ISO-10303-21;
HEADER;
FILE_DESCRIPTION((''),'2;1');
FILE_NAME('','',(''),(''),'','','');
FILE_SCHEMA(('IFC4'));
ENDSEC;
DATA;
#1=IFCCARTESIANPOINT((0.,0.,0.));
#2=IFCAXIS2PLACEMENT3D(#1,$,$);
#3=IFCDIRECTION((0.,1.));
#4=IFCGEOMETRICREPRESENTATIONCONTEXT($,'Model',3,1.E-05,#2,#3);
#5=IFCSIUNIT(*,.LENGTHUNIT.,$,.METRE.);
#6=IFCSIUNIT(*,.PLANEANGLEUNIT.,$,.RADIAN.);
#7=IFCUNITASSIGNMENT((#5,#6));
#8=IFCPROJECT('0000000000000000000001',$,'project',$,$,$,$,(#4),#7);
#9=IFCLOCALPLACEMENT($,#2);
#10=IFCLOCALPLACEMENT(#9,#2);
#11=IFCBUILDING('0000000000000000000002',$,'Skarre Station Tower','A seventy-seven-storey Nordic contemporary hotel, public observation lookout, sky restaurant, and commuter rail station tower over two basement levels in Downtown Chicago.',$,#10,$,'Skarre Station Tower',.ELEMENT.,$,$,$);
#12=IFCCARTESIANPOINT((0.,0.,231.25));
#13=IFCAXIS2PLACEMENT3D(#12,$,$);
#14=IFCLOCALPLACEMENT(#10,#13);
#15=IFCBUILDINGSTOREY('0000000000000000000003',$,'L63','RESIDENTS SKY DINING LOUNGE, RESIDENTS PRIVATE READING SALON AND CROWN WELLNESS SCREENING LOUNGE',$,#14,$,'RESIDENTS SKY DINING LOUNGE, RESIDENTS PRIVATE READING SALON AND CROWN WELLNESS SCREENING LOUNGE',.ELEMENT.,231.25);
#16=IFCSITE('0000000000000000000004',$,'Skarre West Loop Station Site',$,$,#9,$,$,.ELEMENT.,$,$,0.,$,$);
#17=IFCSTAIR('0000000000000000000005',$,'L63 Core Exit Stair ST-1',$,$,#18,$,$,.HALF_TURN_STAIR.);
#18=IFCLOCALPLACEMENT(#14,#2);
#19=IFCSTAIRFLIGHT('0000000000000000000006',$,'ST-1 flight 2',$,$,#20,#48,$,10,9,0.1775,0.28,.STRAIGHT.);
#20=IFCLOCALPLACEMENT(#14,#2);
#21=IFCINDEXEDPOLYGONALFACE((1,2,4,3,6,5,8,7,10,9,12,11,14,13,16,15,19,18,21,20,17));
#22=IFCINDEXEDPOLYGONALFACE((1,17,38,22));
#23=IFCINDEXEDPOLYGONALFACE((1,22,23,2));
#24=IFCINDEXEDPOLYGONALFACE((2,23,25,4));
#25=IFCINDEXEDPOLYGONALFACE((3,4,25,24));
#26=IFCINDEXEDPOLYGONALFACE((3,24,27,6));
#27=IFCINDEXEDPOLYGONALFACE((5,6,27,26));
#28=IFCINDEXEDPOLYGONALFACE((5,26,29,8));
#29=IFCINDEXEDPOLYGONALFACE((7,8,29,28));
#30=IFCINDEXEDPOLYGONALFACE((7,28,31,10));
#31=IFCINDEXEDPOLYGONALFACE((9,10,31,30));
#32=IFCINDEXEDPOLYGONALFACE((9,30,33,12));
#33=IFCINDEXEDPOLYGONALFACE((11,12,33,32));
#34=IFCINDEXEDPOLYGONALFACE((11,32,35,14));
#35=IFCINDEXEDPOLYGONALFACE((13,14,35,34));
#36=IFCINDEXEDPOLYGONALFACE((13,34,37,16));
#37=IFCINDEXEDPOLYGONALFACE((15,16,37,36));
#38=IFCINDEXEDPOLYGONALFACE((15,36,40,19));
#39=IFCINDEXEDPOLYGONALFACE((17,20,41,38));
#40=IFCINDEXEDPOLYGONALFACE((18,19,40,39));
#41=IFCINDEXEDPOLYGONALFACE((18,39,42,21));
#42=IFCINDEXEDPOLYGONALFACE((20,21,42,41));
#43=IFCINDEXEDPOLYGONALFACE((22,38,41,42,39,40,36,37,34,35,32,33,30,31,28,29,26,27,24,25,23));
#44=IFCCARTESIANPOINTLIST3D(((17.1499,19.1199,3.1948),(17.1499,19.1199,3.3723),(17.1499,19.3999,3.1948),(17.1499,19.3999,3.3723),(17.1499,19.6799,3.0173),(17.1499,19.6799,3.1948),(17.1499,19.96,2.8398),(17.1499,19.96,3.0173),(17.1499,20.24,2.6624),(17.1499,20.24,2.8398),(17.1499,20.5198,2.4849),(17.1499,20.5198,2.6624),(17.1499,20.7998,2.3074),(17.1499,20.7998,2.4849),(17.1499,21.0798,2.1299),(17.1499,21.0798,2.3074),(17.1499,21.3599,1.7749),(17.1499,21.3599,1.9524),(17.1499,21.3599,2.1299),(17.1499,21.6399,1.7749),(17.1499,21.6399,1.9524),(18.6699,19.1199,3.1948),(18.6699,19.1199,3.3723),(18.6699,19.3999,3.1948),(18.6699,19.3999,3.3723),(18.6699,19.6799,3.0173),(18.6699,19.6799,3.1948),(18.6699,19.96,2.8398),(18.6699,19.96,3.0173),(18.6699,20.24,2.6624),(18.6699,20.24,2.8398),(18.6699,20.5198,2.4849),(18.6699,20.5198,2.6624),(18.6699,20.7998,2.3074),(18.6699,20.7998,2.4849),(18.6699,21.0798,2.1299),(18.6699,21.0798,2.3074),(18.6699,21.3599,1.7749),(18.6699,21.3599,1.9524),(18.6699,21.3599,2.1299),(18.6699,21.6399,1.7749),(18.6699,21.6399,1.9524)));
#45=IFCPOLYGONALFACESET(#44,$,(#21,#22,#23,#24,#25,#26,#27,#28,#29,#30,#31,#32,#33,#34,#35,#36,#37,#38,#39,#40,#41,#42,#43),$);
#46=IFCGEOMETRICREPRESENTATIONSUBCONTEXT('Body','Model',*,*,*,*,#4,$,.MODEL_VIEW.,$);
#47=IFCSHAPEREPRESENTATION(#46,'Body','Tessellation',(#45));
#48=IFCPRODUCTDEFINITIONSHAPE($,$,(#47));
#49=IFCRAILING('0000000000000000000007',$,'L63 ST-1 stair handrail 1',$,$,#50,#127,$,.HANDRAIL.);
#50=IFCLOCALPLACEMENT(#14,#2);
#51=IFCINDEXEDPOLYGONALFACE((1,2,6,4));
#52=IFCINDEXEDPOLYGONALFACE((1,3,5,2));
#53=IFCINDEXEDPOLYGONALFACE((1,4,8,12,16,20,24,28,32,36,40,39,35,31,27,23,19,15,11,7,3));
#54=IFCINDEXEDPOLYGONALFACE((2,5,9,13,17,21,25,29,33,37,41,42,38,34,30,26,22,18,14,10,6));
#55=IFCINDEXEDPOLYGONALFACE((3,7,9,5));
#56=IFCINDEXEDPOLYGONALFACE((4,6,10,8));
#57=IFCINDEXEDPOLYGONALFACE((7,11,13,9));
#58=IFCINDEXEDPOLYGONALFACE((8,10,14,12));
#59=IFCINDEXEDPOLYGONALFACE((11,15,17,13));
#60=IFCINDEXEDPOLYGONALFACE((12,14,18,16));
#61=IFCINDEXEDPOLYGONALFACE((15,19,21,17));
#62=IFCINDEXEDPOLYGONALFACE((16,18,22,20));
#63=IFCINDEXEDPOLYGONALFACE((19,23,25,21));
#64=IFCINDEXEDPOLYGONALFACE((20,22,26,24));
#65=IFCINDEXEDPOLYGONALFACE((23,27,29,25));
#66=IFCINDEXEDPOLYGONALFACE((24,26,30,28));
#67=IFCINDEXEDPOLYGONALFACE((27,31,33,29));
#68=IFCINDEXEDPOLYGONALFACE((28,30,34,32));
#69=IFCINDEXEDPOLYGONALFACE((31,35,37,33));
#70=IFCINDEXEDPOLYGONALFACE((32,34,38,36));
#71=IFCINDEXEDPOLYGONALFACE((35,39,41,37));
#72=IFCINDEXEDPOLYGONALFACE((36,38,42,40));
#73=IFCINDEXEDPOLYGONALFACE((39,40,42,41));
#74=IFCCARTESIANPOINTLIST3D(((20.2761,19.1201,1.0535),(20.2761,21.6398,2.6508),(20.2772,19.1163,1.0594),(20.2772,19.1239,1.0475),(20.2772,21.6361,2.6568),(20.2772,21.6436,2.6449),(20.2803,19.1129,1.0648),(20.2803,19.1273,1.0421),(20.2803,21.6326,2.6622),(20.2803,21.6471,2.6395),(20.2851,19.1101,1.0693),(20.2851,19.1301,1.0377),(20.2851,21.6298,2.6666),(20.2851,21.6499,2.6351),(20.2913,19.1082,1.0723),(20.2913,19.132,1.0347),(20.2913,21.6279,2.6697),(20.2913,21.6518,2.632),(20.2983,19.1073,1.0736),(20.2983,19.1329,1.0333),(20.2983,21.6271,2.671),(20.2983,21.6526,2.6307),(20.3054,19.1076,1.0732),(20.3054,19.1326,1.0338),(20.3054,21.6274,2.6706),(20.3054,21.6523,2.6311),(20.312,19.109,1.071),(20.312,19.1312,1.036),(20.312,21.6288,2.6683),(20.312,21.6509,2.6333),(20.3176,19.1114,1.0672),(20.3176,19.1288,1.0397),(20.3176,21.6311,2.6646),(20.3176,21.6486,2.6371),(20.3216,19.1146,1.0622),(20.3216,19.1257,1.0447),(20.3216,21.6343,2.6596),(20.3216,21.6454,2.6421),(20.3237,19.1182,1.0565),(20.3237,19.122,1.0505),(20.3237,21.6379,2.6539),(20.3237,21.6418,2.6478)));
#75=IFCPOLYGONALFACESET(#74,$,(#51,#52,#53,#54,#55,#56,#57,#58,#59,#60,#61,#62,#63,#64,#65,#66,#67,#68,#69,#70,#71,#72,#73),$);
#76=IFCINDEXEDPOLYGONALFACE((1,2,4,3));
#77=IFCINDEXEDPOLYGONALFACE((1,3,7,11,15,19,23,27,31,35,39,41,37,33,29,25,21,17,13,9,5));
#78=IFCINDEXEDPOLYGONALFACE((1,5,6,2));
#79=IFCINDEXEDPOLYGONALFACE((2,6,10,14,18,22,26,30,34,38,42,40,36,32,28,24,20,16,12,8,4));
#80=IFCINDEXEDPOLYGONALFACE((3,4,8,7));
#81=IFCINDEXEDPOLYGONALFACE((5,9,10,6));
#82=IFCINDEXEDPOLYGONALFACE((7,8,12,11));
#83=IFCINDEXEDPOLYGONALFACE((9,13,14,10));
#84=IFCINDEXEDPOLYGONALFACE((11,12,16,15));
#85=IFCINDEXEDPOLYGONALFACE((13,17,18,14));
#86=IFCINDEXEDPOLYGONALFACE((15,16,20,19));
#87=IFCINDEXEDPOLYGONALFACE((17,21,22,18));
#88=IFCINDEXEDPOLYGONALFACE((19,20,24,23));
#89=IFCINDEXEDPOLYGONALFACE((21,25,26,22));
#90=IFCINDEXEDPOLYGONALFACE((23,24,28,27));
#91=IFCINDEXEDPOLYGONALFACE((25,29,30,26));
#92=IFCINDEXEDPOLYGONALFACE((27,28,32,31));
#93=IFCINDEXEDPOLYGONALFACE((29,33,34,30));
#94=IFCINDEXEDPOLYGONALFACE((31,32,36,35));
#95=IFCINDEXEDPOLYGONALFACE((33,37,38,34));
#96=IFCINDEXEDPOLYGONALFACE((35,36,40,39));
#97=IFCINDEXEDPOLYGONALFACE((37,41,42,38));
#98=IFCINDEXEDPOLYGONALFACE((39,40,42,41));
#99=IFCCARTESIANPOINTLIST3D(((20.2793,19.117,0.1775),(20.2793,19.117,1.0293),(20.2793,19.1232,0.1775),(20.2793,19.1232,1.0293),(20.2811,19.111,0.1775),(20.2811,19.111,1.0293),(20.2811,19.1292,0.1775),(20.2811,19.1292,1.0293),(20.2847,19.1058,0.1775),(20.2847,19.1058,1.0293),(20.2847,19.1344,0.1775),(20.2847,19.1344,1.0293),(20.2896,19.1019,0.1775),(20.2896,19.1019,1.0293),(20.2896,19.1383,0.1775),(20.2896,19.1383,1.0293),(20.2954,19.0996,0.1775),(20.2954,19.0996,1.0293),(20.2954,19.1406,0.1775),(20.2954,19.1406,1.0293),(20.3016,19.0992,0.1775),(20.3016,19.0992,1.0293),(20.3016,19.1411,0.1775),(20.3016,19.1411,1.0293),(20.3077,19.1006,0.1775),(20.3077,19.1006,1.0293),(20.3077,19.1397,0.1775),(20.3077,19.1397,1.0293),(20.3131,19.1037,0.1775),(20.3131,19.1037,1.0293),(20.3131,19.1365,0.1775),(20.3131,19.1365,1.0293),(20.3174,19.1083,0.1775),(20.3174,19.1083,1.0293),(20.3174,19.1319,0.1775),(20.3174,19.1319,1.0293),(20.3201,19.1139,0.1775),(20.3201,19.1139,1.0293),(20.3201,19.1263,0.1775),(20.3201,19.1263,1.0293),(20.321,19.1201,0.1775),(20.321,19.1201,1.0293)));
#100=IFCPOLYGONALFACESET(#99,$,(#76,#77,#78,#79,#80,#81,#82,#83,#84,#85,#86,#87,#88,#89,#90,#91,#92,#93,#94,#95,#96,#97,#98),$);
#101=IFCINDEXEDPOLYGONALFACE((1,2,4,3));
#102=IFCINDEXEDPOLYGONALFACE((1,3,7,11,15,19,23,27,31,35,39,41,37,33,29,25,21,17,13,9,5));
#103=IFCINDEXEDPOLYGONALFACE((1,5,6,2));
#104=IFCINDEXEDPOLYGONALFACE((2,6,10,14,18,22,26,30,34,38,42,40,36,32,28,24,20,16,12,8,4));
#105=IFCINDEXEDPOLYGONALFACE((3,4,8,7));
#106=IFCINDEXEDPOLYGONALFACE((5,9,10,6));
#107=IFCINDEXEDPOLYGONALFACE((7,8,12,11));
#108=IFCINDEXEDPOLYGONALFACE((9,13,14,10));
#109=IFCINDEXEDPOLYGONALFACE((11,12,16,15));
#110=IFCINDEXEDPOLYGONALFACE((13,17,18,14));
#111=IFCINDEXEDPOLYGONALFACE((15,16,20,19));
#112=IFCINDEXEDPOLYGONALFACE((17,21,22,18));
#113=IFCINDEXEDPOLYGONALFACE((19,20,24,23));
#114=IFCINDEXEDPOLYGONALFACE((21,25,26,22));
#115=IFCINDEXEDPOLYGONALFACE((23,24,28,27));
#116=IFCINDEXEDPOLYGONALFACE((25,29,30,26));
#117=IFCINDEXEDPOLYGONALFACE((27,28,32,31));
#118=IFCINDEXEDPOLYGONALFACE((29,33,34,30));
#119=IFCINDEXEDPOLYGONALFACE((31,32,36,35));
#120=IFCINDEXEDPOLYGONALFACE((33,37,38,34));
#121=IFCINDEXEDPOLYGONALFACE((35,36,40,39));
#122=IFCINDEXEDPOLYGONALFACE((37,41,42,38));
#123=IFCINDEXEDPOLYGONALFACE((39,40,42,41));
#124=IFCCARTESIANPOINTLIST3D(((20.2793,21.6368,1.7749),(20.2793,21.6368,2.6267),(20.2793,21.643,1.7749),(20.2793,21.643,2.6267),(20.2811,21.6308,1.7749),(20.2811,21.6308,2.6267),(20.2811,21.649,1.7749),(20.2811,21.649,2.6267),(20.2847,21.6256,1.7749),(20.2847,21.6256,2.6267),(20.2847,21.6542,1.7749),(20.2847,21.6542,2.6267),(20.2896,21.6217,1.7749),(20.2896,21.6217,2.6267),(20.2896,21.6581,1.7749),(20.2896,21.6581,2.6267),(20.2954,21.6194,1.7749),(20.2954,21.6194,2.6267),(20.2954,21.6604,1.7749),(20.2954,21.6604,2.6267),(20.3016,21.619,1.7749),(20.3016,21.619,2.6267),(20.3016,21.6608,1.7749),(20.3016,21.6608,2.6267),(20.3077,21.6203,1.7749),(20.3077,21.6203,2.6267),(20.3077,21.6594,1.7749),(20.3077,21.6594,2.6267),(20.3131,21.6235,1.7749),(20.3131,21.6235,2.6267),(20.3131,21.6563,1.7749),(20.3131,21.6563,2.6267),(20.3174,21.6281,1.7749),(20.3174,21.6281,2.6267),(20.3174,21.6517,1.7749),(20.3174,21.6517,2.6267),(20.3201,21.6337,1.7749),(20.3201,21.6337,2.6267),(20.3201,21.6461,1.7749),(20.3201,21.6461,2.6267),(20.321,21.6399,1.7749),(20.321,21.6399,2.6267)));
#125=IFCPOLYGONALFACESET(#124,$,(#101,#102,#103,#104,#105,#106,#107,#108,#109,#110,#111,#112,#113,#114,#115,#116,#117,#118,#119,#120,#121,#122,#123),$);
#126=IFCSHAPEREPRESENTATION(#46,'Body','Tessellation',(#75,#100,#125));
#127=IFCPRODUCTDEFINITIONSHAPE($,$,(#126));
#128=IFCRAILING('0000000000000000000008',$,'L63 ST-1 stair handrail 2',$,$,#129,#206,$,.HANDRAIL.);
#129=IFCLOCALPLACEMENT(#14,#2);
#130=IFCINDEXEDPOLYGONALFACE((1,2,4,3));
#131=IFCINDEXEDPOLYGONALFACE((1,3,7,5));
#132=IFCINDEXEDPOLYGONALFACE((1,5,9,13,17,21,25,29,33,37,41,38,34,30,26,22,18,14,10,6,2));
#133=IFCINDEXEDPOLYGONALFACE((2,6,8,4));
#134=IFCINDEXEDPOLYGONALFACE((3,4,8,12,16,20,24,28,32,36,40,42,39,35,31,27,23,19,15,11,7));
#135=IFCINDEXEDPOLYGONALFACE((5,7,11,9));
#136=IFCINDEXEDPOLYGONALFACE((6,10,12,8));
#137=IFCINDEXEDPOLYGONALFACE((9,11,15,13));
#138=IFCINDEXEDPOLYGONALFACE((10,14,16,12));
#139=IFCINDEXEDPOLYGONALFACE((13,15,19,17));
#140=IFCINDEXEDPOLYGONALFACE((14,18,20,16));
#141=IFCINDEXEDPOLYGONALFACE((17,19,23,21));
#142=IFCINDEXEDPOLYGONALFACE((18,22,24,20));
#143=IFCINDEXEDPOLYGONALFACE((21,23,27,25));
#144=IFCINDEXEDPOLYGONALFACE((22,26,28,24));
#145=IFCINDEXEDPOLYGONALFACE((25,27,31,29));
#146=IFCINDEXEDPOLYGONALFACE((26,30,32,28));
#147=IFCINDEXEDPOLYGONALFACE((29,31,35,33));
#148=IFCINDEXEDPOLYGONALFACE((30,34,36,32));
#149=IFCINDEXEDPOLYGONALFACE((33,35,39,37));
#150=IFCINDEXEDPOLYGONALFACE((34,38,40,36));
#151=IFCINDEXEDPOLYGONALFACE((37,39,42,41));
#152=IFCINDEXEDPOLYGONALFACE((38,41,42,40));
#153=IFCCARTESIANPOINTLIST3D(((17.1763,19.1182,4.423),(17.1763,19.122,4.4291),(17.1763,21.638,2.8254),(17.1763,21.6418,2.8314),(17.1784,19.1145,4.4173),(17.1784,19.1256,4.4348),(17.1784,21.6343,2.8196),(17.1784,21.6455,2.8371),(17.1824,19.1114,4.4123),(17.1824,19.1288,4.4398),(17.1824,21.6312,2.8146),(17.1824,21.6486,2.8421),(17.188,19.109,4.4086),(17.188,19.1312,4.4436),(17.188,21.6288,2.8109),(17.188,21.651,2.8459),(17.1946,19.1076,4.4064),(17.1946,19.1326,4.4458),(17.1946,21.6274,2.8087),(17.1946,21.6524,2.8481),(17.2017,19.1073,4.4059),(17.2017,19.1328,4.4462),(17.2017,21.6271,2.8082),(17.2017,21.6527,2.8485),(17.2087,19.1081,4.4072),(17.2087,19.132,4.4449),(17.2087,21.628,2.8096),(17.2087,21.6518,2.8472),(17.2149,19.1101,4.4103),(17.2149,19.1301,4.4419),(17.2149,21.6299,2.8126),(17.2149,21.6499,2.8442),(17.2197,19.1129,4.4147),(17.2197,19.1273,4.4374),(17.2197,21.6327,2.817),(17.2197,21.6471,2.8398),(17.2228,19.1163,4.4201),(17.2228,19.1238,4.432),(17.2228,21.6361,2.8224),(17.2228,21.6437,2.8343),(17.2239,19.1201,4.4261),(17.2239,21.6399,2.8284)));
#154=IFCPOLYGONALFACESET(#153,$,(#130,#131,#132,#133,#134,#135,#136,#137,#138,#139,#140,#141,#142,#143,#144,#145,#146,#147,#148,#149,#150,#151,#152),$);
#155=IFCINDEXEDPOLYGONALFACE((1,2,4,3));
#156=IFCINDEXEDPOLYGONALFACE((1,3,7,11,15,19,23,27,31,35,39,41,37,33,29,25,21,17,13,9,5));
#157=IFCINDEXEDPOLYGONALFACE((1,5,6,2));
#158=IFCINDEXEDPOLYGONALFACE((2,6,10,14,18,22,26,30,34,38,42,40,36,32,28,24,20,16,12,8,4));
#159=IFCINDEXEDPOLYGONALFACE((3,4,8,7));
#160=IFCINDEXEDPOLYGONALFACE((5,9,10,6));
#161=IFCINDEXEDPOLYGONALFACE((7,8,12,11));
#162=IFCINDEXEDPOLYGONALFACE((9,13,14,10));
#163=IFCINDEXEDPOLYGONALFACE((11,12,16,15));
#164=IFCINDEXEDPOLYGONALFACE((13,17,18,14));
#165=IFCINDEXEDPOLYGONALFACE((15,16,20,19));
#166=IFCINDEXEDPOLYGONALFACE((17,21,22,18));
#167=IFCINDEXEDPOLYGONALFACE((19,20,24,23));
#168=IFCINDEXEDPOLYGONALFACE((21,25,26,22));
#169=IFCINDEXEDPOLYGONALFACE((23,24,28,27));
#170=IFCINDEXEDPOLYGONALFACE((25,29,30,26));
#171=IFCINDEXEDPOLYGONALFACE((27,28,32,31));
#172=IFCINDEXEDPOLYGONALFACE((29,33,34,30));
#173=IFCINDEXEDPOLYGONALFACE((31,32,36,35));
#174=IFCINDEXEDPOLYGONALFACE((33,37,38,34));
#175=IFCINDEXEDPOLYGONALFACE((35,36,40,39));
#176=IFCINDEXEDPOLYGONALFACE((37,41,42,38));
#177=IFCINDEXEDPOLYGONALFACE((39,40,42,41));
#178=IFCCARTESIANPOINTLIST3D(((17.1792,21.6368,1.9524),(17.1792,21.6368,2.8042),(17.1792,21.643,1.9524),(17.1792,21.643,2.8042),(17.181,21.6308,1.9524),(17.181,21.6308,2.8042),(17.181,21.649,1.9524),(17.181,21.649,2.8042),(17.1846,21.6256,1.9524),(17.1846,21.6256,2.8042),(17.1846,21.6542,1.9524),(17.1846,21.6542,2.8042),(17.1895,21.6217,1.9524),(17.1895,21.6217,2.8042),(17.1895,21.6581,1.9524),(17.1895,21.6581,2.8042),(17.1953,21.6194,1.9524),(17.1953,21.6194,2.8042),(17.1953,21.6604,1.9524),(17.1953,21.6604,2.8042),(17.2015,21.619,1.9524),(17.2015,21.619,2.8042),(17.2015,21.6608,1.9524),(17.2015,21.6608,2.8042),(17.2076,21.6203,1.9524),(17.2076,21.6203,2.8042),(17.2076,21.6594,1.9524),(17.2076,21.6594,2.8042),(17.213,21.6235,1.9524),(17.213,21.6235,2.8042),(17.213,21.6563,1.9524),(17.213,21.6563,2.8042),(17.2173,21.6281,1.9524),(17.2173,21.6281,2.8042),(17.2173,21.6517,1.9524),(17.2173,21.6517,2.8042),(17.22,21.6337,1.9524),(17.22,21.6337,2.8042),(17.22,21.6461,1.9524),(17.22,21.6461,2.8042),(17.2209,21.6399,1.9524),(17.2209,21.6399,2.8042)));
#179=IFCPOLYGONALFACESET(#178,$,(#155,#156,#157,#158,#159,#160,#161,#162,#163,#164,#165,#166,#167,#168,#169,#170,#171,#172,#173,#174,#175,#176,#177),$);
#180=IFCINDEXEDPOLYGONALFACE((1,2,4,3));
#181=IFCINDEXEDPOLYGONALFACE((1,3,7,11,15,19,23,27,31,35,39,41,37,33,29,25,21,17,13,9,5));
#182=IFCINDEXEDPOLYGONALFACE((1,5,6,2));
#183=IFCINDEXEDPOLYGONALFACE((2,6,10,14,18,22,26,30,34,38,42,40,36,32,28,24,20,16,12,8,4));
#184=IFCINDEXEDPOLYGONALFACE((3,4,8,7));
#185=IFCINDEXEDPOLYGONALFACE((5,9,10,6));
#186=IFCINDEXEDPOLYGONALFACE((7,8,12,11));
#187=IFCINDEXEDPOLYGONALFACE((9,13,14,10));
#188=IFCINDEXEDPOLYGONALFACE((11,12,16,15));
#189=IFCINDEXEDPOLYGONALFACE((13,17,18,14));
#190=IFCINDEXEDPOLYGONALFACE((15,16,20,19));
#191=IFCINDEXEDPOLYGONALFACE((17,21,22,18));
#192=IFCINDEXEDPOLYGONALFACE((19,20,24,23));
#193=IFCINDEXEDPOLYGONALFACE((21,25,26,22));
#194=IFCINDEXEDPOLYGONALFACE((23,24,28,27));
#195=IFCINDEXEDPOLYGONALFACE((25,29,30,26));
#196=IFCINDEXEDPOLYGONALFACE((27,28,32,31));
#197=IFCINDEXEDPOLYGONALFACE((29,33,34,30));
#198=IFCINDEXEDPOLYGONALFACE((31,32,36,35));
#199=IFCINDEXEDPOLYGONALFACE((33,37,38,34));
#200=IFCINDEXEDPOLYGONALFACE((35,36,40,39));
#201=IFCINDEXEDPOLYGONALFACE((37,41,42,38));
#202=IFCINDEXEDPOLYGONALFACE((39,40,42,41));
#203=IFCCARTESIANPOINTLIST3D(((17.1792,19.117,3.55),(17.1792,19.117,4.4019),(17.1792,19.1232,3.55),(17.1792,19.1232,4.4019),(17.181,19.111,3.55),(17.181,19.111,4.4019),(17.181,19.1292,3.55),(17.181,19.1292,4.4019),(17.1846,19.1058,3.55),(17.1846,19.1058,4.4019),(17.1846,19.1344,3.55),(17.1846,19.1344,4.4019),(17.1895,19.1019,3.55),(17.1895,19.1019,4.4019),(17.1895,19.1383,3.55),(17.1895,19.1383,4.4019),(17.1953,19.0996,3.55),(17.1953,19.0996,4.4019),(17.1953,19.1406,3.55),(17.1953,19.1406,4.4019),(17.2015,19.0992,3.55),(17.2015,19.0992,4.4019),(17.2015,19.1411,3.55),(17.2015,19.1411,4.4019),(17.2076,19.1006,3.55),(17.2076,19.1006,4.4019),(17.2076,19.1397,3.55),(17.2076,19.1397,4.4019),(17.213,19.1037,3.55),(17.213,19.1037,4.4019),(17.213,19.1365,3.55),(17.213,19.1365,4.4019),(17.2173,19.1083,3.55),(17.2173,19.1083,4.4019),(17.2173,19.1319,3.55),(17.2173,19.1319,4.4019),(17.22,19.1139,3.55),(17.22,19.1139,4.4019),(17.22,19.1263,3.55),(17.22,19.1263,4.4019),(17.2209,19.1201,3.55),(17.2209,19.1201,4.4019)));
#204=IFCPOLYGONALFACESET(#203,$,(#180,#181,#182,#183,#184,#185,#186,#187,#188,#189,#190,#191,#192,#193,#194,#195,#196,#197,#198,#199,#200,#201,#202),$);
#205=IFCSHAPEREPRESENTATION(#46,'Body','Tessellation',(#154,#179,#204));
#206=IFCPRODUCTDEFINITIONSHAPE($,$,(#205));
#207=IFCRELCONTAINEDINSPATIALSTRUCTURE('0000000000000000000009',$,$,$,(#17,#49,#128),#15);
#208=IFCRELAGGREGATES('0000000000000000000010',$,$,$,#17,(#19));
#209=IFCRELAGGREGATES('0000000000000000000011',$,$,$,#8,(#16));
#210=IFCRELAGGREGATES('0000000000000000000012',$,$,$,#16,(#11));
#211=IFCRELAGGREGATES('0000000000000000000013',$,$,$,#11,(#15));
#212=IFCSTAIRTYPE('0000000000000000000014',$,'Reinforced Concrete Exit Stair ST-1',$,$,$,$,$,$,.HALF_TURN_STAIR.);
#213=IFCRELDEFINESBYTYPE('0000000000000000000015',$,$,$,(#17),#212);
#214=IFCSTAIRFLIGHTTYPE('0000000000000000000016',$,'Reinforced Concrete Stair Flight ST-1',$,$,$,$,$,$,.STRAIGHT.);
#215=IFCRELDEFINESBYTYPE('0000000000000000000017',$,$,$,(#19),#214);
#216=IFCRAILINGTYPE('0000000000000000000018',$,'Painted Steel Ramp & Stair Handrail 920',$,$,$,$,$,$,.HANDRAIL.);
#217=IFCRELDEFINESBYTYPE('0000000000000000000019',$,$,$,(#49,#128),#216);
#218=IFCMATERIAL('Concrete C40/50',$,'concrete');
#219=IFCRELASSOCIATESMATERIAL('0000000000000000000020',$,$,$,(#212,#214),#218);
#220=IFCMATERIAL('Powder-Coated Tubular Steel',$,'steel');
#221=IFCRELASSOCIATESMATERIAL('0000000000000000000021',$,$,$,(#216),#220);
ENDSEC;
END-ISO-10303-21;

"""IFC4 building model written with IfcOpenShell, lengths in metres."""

from ifc_helpers import new_model, si_unit, direction, frame, origin, origin_2d, place, context, subcontext, project, spatial, polyline, circle, outline, extrude, material, type_object, element, aggregate, save


model = new_model("IFC4")

# Units and contexts
model_context = context("Model", 3, precision=1e-05, world=origin(), true_north=direction((0.0, 1.0)))
body_context = subcontext(model_context, "Body", "Model", "MODEL_VIEW")
ifc_project = project(units=[si_unit("LENGTHUNIT", "METRE"), si_unit("PLANEANGLEUNIT", "RADIAN")], contexts=[model_context])

# Site, building, storey
site_placement = place(None, origin())
site = spatial("IfcSite", under=ifc_project, at=site_placement, Name="Skarre West Loop Station Site", CompositionType="ELEMENT", RefElevation=0.0)
building_placement = place(site_placement, origin())
building = spatial("IfcBuilding", under=site, at=building_placement, Name="Skarre Station Tower", Description="A seventy-seven-storey Nordic contemporary hotel, public observation lookout, sky restaurant, and commuter rail station tower over two basement levels in Downtown Chicago.", LongName="Skarre Station Tower", CompositionType="ELEMENT")
storey_placement = place(building_placement, frame((0.0, 0.0, 231.25)))
storey = spatial("IfcBuildingStorey", under=building, at=storey_placement, Name="L63", Description="RESIDENTS SKY DINING LOUNGE, RESIDENTS PRIVATE READING SALON AND CROWN WELLNESS SCREENING LOUNGE", LongName="RESIDENTS SKY DINING LOUNGE, RESIDENTS PRIVATE READING SALON AND CROWN WELLNESS SCREENING LOUNGE", CompositionType="ELEMENT", Elevation=231.25)

# Stair
ifc_material_1 = material(Name="Concrete C40/50", Category="concrete")
stair_type_1 = type_object("IfcStairType", Name="Reinforced Concrete Exit Stair ST-1", PredefinedType="HALF_TURN_STAIR", material=ifc_material_1)
stair_1_placement = place(storey_placement, origin())
stair_1 = element("IfcStair", 1, at=stair_1_placement, inside=storey, type_object=stair_type_1, Name="L63 Core Exit Stair ST-1", PredefinedType="HALF_TURN_STAIR")

# Stair flight
stair_flight_type = type_object("IfcStairFlightType", Name="Reinforced Concrete Stair Flight ST-1", PredefinedType="STRAIGHT", material=ifc_material_1)
stair_flight_1_placement = place(storey_placement, frame((17.9099, 21.6399, 1.7749), z_axis=(0.0, 0.0, 1.0), x_axis=(0.0, -1.0, 0.0)))
stair_flight_1 = element("IfcStairFlight", 2, at=stair_flight_1_placement, type_object=stair_flight_type, Name="ST-1 flight 2", NumberOfRisers=10, NumberOfTreads=9, PredefinedType="STRAIGHT", RiserHeight=0.1775, TreadLength=0.28, context=body_context, shape_type="SweptSolid", body=[
    extrude(outline(polyline([(0.0, 0.0), (0.0, 0.1775), (0.28, 0.1775), (0.28, 0.355), (0.5601, 0.355), (0.5601, 0.5325), (0.8401, 0.5325), (0.8401, 0.71), (1.1201, 0.71), (1.1201, 0.8875), (1.3999, 0.8875), (1.3999, 1.0649), (1.6799, 1.0649), (1.6799, 1.2424), (1.96, 1.2424), (1.96, 1.4199), (2.24, 1.4199), (2.24, 1.5974), (2.52, 1.5974), (2.52, 1.7749), (2.52, 1.4199), (0.28, 0.0), (0.0, 0.0)])), frame((0.0, 0.76, 0.0), z_axis=(0.0, -1.0, 0.0), x_axis=(1.0, 0.0, 0.0)), (0.0, 0.0, 1.0), 1.52),
])
aggregate(stair_1, [stair_flight_1])

# Railings
ifc_material_2 = material(Name="Powder-Coated Tubular Steel", Category="steel")
railing_type_1 = type_object("IfcRailingType", Name="Painted Steel Ramp & Stair Handrail 920", PredefinedType="HANDRAIL", material=ifc_material_2)
railing_1_placement = place(storey_placement, frame((20.3, 19.1201, 0.1775)))
element("IfcRailing", 3, at=railing_1_placement, inside=storey, type_object=railing_type_1, Name="L63 ST-1 stair handrail 1", PredefinedType="HANDRAIL", context=body_context, shape_type="SweptSolid", body=[
    extrude(circle(Radius=0.0239, at=origin_2d()), frame((0.0, 0.0, 0.876), z_axis=(0.0, 0.844583, 0.535424), x_axis=(-1.0, 0.0, 0.0)), (0.0, 0.0, 1.0), 2.9834),
    extrude(circle(Radius=0.021, at=origin_2d()), origin(), (0.0, 0.0, 1.0), 0.8518),
    extrude(circle(Radius=0.021, at=origin_2d()), frame((0.0, 2.5198, 1.5974)), (0.0, 0.0, 1.0), 0.8518),
])
railing_2_placement = place(storey_placement, frame((17.2, 21.6399, 1.9524)))
element("IfcRailing", 4, at=railing_2_placement, inside=storey, type_object=railing_type_1, Name="L63 ST-1 stair handrail 2", PredefinedType="HANDRAIL", context=body_context, shape_type="SweptSolid", body=[
    extrude(circle(Radius=0.0239, at=origin_2d()), frame((0.0, 0.0, 0.876), z_axis=(0.0, -0.844546, 0.535482), x_axis=(1.0, 0.0, 0.0)), (0.0, 0.0, 1.0), 2.9836),
    extrude(circle(Radius=0.021, at=origin_2d()), origin(), (0.0, 0.0, 1.0), 0.8518),
    extrude(circle(Radius=0.021, at=origin_2d()), frame((0.0, -2.5198, 1.5977)), (0.0, 0.0, 1.0), 0.8518),
])

save(model, "model.ifc")
